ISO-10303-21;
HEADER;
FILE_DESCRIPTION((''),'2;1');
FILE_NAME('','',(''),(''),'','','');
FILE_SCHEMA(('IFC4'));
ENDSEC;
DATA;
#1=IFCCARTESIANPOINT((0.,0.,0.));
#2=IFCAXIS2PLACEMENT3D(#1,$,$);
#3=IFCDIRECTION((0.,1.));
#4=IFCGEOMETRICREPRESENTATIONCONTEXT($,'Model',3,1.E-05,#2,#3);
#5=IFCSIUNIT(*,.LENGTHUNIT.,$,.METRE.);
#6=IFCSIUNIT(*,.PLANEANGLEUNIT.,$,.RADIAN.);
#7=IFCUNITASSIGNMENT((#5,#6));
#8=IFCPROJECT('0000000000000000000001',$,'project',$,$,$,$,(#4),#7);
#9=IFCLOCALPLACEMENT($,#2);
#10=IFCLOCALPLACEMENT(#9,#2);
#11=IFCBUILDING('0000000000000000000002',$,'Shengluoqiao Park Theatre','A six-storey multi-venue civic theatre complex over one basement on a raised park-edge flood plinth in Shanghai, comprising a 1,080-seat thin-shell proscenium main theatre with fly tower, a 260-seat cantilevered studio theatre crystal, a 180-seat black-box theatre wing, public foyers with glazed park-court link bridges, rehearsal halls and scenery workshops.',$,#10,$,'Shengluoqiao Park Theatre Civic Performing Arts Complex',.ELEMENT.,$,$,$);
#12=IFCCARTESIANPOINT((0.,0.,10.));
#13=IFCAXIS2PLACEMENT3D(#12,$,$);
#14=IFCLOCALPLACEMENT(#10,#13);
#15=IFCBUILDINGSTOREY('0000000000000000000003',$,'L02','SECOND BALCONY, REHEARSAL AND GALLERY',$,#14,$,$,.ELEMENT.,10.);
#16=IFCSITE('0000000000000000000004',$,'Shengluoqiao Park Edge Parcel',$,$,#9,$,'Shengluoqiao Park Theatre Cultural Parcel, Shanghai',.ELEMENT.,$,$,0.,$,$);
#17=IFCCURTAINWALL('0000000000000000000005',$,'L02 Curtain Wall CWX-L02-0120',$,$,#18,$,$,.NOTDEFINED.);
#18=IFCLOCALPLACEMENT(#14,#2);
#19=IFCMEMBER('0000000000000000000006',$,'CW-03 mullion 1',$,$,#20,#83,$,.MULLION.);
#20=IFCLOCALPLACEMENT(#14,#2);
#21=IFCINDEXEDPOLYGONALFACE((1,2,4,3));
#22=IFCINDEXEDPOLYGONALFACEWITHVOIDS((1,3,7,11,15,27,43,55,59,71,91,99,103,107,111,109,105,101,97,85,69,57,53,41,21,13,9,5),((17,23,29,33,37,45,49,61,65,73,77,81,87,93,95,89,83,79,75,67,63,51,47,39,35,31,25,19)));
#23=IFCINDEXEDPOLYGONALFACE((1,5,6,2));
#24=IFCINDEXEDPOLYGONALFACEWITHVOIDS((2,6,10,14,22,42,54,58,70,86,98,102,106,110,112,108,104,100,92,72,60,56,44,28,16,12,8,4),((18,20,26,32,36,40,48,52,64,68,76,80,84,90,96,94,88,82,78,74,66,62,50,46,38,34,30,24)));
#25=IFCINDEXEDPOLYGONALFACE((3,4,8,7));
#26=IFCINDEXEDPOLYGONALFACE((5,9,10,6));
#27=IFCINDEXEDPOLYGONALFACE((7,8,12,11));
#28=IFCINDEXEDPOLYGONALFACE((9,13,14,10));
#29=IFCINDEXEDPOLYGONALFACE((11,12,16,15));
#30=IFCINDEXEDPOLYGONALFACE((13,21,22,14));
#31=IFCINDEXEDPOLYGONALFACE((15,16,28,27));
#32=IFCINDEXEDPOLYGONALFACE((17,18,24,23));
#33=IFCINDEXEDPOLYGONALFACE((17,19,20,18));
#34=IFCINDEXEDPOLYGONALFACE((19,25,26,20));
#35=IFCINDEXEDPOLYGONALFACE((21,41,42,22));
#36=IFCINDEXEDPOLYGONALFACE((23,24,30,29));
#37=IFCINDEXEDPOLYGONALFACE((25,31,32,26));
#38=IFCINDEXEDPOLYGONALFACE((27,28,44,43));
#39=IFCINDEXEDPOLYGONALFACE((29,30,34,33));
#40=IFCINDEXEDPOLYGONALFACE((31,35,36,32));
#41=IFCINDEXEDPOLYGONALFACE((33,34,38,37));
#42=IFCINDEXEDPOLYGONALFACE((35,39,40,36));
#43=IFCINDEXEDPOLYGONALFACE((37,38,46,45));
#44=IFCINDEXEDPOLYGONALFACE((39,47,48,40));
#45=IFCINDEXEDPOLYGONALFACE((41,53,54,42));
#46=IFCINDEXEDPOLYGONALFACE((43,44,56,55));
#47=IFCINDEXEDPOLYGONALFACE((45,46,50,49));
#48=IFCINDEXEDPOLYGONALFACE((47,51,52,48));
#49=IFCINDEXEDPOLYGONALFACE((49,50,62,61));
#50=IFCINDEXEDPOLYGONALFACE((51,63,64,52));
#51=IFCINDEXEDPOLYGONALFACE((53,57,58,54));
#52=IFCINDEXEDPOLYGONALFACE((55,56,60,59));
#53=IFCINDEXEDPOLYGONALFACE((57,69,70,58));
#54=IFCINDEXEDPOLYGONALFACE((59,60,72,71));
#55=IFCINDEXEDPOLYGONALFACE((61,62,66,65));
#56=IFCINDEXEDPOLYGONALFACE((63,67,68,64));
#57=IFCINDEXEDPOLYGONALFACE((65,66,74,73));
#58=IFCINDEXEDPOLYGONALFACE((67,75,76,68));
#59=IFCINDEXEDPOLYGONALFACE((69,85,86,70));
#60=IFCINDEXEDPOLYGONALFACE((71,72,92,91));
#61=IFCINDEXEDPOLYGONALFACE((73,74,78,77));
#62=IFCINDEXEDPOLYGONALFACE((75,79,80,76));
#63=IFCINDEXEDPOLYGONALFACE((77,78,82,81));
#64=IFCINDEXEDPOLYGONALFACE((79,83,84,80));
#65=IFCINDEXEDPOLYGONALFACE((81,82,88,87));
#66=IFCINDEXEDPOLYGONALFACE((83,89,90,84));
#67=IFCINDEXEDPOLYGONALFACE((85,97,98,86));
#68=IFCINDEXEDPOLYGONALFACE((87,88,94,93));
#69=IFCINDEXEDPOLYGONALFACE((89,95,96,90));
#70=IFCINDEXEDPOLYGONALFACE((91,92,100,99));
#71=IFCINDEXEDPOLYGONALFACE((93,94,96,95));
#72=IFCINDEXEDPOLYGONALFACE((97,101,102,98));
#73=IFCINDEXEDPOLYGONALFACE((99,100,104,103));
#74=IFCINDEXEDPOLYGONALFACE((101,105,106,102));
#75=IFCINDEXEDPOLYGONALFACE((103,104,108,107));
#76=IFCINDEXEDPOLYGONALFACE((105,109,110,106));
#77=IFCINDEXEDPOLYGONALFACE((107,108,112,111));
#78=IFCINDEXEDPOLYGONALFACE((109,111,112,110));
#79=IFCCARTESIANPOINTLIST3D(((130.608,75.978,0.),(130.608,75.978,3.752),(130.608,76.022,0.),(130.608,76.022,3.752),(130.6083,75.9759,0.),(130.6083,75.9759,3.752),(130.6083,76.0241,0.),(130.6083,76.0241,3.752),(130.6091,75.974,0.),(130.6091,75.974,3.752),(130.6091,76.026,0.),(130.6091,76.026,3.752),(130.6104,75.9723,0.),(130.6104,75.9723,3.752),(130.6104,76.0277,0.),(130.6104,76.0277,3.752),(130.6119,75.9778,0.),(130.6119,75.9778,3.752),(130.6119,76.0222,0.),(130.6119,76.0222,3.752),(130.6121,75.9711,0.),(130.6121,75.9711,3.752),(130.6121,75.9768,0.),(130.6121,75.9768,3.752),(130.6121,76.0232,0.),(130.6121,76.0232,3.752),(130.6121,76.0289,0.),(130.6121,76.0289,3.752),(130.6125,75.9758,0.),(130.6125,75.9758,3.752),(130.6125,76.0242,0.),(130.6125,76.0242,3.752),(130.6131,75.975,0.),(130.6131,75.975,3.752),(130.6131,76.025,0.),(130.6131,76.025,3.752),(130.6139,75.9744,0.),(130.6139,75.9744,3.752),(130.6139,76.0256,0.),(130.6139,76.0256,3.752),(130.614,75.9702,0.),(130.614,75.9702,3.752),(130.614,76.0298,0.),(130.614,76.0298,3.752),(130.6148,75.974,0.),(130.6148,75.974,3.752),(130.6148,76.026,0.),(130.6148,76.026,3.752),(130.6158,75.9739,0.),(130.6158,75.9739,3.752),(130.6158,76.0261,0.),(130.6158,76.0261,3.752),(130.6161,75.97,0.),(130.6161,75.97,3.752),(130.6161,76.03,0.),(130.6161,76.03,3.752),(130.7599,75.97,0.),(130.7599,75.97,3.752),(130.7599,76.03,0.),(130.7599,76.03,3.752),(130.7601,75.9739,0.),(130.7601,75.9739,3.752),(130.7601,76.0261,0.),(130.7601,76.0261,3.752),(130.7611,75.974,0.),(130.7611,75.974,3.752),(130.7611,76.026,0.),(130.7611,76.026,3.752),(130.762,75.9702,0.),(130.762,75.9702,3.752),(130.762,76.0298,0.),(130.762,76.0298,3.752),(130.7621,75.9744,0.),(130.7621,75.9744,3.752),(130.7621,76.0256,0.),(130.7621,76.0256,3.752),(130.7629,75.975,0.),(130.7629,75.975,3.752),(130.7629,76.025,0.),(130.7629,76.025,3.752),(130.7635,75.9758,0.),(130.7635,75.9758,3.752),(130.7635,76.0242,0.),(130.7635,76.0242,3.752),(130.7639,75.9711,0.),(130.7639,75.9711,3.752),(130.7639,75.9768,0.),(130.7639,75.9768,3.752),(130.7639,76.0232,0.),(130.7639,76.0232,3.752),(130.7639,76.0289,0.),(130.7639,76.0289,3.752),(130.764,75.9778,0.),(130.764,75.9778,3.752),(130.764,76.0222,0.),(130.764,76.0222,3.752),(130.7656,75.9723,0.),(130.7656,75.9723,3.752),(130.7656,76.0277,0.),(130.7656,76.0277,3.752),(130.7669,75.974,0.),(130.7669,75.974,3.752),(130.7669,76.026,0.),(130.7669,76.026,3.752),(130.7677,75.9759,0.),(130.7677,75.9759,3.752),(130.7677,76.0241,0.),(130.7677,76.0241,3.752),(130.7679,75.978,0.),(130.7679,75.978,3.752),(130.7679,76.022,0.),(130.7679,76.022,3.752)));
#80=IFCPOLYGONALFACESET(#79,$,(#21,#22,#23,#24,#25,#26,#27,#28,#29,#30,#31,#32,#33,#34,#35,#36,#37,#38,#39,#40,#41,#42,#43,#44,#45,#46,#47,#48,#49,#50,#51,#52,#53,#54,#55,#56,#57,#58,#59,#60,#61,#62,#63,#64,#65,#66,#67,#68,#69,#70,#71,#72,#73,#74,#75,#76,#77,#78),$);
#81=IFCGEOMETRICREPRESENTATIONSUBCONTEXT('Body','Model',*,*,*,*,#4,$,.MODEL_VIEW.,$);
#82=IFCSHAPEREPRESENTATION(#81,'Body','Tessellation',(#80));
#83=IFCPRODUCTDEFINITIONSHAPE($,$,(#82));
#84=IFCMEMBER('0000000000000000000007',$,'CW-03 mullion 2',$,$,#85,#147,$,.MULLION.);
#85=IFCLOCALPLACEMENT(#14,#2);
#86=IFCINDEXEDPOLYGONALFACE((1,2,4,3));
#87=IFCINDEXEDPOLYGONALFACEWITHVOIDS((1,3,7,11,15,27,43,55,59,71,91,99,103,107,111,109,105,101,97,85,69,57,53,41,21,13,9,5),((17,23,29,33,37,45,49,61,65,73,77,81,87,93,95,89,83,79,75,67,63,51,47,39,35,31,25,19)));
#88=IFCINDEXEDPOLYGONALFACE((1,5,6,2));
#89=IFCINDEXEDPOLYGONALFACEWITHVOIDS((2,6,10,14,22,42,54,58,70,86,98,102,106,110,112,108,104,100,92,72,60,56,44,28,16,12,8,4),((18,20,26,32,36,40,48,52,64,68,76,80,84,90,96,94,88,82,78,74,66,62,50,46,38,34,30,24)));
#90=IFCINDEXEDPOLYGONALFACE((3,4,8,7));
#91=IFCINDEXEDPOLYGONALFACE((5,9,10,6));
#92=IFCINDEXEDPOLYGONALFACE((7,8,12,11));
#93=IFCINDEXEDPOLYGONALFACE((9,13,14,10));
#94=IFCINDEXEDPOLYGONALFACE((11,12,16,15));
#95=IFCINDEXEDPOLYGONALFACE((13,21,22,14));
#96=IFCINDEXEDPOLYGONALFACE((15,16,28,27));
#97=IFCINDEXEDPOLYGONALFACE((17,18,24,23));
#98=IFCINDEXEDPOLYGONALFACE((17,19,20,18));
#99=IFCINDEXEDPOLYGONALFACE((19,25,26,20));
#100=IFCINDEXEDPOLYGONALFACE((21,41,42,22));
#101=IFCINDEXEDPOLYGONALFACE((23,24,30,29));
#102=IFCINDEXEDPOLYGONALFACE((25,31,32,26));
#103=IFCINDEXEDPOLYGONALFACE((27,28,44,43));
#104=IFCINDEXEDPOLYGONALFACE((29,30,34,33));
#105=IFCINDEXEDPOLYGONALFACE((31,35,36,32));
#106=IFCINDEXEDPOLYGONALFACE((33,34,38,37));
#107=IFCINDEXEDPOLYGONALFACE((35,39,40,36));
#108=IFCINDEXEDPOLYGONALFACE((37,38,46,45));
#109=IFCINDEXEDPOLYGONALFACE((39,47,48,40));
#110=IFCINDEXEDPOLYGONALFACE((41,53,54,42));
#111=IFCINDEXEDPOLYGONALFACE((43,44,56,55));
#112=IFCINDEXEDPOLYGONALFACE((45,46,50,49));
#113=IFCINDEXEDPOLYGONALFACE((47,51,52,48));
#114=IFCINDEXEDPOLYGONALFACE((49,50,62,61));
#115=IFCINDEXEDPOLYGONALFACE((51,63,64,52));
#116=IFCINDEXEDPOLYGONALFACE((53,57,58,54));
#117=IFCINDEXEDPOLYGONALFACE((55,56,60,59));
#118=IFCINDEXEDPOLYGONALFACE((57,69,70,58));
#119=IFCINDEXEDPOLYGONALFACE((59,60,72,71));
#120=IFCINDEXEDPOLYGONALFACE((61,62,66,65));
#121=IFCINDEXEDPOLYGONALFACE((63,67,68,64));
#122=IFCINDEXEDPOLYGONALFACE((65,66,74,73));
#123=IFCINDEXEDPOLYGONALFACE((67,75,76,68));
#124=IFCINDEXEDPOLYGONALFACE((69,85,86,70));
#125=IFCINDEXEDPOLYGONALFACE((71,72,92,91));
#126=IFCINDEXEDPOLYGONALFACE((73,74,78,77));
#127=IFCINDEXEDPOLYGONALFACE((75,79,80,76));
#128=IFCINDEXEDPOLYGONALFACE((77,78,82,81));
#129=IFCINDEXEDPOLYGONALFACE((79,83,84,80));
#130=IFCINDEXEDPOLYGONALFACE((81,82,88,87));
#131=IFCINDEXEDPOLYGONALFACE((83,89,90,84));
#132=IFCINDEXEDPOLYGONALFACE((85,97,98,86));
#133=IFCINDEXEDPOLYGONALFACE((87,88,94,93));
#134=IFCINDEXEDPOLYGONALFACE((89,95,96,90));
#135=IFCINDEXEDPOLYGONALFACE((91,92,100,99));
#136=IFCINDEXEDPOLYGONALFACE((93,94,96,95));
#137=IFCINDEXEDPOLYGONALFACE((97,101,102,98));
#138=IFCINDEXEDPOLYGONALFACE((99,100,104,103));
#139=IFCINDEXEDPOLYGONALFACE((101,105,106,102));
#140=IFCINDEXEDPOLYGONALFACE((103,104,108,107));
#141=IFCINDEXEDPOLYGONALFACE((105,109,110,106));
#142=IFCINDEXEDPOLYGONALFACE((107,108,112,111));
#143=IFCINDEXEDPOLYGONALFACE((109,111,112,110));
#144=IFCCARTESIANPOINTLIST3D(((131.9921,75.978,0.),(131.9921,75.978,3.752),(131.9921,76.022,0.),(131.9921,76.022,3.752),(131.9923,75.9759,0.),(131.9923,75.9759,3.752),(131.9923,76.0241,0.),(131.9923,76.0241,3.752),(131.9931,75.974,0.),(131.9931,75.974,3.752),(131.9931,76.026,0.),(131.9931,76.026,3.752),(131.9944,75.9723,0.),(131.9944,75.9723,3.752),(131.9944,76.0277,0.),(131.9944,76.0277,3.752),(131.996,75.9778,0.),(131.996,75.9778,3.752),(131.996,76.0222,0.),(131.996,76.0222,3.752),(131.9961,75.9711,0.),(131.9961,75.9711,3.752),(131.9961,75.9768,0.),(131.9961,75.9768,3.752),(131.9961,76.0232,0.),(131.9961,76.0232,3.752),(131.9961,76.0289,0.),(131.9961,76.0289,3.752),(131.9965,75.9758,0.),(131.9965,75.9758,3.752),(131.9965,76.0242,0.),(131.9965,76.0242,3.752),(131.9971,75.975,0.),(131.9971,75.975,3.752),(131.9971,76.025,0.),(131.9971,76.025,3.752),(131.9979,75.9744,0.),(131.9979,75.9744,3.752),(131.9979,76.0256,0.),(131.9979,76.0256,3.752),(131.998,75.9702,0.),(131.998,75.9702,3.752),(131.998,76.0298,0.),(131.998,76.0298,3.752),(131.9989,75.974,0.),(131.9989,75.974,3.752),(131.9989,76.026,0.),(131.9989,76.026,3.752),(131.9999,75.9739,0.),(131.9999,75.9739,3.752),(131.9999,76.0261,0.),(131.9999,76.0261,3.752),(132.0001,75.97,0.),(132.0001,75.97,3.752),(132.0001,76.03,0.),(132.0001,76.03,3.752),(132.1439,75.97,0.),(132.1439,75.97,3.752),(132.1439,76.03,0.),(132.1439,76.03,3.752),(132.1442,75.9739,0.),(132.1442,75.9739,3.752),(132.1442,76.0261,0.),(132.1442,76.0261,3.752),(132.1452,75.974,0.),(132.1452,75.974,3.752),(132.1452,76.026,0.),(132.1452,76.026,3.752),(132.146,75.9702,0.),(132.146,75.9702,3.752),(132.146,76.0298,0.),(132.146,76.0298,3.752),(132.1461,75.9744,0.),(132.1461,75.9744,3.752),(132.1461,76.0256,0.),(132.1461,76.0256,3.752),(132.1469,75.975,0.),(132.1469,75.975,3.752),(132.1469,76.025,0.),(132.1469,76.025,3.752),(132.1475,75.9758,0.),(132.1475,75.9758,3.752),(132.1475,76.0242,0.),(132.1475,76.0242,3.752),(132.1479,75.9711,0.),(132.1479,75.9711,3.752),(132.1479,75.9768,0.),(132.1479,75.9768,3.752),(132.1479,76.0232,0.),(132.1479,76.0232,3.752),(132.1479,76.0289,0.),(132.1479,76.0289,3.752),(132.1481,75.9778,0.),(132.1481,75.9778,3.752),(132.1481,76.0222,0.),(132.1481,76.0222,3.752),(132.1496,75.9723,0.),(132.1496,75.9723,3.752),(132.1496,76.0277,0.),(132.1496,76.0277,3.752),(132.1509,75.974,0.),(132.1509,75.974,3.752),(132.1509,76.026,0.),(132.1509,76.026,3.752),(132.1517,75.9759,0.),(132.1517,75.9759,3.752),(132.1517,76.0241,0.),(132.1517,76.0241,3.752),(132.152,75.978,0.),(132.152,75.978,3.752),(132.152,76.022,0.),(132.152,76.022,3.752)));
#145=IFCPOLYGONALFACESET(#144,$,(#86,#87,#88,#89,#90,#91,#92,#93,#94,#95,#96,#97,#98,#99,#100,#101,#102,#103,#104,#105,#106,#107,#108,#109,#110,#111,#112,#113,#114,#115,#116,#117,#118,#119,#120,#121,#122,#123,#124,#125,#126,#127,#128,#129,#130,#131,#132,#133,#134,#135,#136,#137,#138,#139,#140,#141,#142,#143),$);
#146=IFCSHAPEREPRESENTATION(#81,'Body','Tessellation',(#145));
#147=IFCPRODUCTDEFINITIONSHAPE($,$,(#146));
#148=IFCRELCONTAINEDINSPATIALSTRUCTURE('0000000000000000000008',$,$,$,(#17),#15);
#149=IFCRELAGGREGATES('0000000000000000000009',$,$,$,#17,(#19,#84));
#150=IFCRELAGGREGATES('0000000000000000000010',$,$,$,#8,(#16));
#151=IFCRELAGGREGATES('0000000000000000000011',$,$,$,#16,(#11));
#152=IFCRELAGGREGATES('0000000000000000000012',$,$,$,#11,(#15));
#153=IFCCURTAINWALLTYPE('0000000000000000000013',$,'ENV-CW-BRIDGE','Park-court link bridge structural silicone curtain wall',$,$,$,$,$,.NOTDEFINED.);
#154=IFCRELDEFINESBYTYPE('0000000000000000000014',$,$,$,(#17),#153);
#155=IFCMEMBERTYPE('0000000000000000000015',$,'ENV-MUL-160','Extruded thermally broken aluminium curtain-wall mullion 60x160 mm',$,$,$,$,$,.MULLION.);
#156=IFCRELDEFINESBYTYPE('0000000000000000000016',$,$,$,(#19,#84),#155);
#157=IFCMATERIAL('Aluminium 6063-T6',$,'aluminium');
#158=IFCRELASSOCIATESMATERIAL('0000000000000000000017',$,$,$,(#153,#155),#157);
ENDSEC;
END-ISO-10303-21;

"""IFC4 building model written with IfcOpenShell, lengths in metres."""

from ifc_helpers import new_model, si_unit, direction, frame, origin, origin_2d, place, context, subcontext, project, spatial, hollow_rectangle, extrude, material, material_profile, profile_set, type_object, element, aggregate, save


model = new_model("IFC4")

# Units and contexts
model_context = context("Model", 3, precision=1e-05, world=origin(), true_north=direction((0.0, 1.0)))
body_context = subcontext(model_context, "Body", "Model", "MODEL_VIEW")
ifc_project = project(units=[si_unit("LENGTHUNIT", "METRE"), si_unit("PLANEANGLEUNIT", "RADIAN")], contexts=[model_context])

# Site, building, storey
site_placement = place(None, origin())
site = spatial("IfcSite", under=ifc_project, at=site_placement, Name="Shengluoqiao Park Edge Parcel", LongName="Shengluoqiao Park Theatre Cultural Parcel, Shanghai", CompositionType="ELEMENT", RefElevation=0.0)
building_placement = place(site_placement, origin())
building = spatial("IfcBuilding", under=site, at=building_placement, Name="Shengluoqiao Park Theatre", Description="A six-storey multi-venue civic theatre complex over one basement on a raised park-edge flood plinth in Shanghai, comprising a 1,080-seat thin-shell proscenium main theatre with fly tower, a 260-seat cantilevered studio theatre crystal, a 180-seat black-box theatre wing, public foyers with glazed park-court link bridges, rehearsal halls and scenery workshops.", LongName="Shengluoqiao Park Theatre Civic Performing Arts Complex", CompositionType="ELEMENT")
storey_placement = place(building_placement, frame((0.0, 0.0, 10.0)))
storey = spatial("IfcBuildingStorey", under=building, at=storey_placement, Name="L02", Description="SECOND BALCONY, REHEARSAL AND GALLERY", CompositionType="ELEMENT", Elevation=10.0)

# Shared definitions
ifc_material_1 = material(Name="Aluminium 6063-T6", Category="aluminium")
curtain_wall_type = type_object("IfcCurtainWallType", Name="ENV-CW-BRIDGE", Description="Park-court link bridge structural silicone curtain wall", PredefinedType="NOTDEFINED", material=ifc_material_1)
ifc_material_profile_1 = material_profile(ifc_material_1, hollow_rectangle(XDim=0.0601, YDim=0.1599, WallThickness=0.0039, InnerFilletRadius=0.0039, OuterFilletRadius=0.0081, at=origin_2d()), Name="ALU MULLION 160x60x4")
ifc_profile_set_1 = profile_set([ifc_material_profile_1], Name="Aluminium 6063-T6")
member_type_1 = type_object("IfcMemberType", Name="ENV-MUL-160", Description="Extruded thermally broken aluminium curtain-wall mullion 60x160 mm", PredefinedType="MULLION", material=ifc_profile_set_1)

# Curtain wall, members
curtain_wall_1_placement = place(storey_placement, origin())
curtain_wall_1 = element("IfcCurtainWall", 1, at=curtain_wall_1_placement, inside=storey, type_object=curtain_wall_type, Name="L02 Curtain Wall CWX-L02-0120", PredefinedType="NOTDEFINED")
member_1_placement = place(storey_placement, frame((130.688, 76.0, 0.0), z_axis=(0.0, 0.0, 1.0), x_axis=(0.0, 1.0, 0.0)))
member_1 = element("IfcMember", 2, at=member_1_placement, type_object=member_type_1, Name="CW-03 mullion 1", PredefinedType="MULLION", context=body_context, shape_type="SweptSolid", body=[
    extrude(hollow_rectangle(XDim=0.0601, YDim=0.1599, WallThickness=0.0039, InnerFilletRadius=0.0039, OuterFilletRadius=0.0081, at=origin_2d()), origin(), (0.0, 0.0, 1.0), 3.752),
])
member_2_placement = place(storey_placement, frame((132.072, 76.0, 0.0), z_axis=(0.0, 0.0, 1.0), x_axis=(0.0, 1.0, 0.0)))
member_2 = element("IfcMember", 3, at=member_2_placement, type_object=member_type_1, Name="CW-03 mullion 2", PredefinedType="MULLION", context=body_context, shape_type="SweptSolid", body=[
    extrude(hollow_rectangle(XDim=0.0601, YDim=0.1599, WallThickness=0.0039, InnerFilletRadius=0.0039, OuterFilletRadius=0.0081, at=origin_2d()), origin(), (0.0, 0.0, 1.0), 3.752),
])

aggregate(curtain_wall_1, [member_1, member_2])

save(model, "model.ifc")
